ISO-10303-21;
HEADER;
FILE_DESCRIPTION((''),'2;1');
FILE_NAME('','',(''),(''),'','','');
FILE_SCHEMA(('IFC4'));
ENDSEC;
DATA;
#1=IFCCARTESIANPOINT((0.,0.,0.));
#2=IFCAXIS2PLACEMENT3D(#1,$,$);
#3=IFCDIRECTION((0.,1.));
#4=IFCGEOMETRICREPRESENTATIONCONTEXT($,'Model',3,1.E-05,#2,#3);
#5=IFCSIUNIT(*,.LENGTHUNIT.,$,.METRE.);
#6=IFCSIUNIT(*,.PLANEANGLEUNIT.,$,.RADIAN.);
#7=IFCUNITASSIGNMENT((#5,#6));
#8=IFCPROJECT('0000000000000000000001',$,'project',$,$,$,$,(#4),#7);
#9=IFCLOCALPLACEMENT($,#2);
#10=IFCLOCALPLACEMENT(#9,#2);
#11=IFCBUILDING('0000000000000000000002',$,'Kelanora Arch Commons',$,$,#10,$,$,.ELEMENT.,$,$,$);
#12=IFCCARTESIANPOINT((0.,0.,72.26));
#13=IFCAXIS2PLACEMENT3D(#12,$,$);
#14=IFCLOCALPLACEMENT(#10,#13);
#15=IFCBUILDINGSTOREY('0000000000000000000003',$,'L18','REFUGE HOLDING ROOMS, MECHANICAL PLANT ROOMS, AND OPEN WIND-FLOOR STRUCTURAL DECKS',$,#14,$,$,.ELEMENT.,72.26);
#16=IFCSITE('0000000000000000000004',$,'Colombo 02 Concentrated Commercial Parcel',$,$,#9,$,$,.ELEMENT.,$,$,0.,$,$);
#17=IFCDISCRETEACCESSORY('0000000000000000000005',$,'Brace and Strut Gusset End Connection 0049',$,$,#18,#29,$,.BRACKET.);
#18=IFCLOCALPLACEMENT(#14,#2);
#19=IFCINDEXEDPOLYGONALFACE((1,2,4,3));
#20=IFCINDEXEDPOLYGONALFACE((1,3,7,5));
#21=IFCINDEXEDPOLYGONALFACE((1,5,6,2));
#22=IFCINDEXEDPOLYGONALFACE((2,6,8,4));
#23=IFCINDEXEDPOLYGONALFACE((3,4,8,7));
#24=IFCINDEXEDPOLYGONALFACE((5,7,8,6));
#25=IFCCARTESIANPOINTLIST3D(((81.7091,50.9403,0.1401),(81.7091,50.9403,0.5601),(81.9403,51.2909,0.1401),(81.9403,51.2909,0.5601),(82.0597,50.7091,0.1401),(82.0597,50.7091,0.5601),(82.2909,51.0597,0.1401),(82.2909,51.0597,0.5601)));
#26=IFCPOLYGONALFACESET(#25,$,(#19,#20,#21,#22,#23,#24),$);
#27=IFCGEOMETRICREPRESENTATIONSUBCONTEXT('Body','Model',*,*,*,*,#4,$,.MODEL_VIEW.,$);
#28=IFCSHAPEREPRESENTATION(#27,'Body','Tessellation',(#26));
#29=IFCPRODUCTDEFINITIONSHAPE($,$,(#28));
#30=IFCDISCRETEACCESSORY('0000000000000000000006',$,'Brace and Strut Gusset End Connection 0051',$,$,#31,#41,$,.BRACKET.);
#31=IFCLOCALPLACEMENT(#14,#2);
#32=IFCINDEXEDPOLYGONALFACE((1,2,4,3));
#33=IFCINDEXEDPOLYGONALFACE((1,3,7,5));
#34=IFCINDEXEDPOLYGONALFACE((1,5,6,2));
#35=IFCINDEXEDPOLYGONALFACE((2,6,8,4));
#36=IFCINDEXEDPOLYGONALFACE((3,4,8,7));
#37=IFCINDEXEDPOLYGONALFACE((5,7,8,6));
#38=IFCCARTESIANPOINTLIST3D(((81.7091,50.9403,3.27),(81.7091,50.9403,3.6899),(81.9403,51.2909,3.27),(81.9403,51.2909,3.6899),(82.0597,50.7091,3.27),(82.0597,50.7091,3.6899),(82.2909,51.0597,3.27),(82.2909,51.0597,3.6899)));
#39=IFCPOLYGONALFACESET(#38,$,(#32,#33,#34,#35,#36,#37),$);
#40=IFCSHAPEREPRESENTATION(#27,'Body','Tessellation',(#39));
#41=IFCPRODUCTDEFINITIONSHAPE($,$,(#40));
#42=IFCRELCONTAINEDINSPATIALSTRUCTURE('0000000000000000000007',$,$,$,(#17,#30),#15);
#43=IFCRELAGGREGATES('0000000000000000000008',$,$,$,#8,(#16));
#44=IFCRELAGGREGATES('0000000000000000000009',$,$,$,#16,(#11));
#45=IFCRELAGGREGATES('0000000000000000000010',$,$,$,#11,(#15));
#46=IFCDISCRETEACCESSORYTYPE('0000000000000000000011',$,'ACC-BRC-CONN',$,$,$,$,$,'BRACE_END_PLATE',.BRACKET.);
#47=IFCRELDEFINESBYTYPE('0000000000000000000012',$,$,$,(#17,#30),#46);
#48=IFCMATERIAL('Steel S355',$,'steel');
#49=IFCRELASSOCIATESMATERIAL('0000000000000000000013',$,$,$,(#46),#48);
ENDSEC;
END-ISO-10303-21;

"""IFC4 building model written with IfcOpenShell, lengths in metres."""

from ifc_helpers import new_model, si_unit, direction, frame, origin, origin_2d, place, context, subcontext, project, spatial, rectangle, extrude, source, transform, mapped, material, type_object, element, save


model = new_model("IFC4")

# Units and contexts
model_context = context("Model", 3, precision=1e-05, world=origin(), true_north=direction((0.0, 1.0)))
body_context = subcontext(model_context, "Body", "Model", "MODEL_VIEW")
ifc_project = project(units=[si_unit("LENGTHUNIT", "METRE"), si_unit("PLANEANGLEUNIT", "RADIAN")], contexts=[model_context])

# Site, building, storey
site_placement = place(None, origin())
site = spatial("IfcSite", under=ifc_project, at=site_placement, Name="Colombo 02 Concentrated Commercial Parcel", CompositionType="ELEMENT", RefElevation=0.0)
building_placement = place(site_placement, origin())
building = spatial("IfcBuilding", under=site, at=building_placement, Name="Kelanora Arch Commons", CompositionType="ELEMENT")
storey_placement = place(building_placement, frame((0.0, 0.0, 72.26)))
storey = spatial("IfcBuildingStorey", under=building, at=storey_placement, Name="L18", Description="REFUGE HOLDING ROOMS, MECHANICAL PLANT ROOMS, AND OPEN WIND-FLOOR STRUCTURAL DECKS", CompositionType="ELEMENT", Elevation=72.26)

# Shared definitions
ifc_material_1 = material(Name="Steel S355", Category="steel")

# Discrete accessories
discrete_accessory_type = type_object("IfcDiscreteAccessoryType", Name="ACC-BRC-CONN", ElementType="BRACE_END_PLATE", PredefinedType="BRACKET", material=ifc_material_1)
shared_shape_1 = source(origin(), body_context, "Body", "SweptSolid", [
    extrude(rectangle(XDim=0.4199, YDim=0.4199, at=origin_2d()), origin(), (0.0, 0.0, 1.0), 0.4199),
])
for number, where, z_axis, x_axis, name in (
    (1, (82.0, 51.0, 0.1401), (0.0, 0.0, 1.0), (0.834752, -0.550626, 0.0), "Brace and Strut Gusset End Connection 0049"),
    (2, (82.0, 51.0, 3.27), (0.0, 0.0, 1.0), (0.834752, -0.550626, 0.0), "Brace and Strut Gusset End Connection 0051"),
):
    element("IfcDiscreteAccessory", number, at=place(storey_placement, frame(where, z_axis=z_axis, x_axis=x_axis)), inside=storey, type_object=discrete_accessory_type, Name=name, PredefinedType="BRACKET", context=body_context, shape_type="MappedRepresentation", body=[
        mapped(shared_shape_1, transform((0.0, 0.0, 0.0), scale=1.0)),
    ])

save(model, "model.ifc")
